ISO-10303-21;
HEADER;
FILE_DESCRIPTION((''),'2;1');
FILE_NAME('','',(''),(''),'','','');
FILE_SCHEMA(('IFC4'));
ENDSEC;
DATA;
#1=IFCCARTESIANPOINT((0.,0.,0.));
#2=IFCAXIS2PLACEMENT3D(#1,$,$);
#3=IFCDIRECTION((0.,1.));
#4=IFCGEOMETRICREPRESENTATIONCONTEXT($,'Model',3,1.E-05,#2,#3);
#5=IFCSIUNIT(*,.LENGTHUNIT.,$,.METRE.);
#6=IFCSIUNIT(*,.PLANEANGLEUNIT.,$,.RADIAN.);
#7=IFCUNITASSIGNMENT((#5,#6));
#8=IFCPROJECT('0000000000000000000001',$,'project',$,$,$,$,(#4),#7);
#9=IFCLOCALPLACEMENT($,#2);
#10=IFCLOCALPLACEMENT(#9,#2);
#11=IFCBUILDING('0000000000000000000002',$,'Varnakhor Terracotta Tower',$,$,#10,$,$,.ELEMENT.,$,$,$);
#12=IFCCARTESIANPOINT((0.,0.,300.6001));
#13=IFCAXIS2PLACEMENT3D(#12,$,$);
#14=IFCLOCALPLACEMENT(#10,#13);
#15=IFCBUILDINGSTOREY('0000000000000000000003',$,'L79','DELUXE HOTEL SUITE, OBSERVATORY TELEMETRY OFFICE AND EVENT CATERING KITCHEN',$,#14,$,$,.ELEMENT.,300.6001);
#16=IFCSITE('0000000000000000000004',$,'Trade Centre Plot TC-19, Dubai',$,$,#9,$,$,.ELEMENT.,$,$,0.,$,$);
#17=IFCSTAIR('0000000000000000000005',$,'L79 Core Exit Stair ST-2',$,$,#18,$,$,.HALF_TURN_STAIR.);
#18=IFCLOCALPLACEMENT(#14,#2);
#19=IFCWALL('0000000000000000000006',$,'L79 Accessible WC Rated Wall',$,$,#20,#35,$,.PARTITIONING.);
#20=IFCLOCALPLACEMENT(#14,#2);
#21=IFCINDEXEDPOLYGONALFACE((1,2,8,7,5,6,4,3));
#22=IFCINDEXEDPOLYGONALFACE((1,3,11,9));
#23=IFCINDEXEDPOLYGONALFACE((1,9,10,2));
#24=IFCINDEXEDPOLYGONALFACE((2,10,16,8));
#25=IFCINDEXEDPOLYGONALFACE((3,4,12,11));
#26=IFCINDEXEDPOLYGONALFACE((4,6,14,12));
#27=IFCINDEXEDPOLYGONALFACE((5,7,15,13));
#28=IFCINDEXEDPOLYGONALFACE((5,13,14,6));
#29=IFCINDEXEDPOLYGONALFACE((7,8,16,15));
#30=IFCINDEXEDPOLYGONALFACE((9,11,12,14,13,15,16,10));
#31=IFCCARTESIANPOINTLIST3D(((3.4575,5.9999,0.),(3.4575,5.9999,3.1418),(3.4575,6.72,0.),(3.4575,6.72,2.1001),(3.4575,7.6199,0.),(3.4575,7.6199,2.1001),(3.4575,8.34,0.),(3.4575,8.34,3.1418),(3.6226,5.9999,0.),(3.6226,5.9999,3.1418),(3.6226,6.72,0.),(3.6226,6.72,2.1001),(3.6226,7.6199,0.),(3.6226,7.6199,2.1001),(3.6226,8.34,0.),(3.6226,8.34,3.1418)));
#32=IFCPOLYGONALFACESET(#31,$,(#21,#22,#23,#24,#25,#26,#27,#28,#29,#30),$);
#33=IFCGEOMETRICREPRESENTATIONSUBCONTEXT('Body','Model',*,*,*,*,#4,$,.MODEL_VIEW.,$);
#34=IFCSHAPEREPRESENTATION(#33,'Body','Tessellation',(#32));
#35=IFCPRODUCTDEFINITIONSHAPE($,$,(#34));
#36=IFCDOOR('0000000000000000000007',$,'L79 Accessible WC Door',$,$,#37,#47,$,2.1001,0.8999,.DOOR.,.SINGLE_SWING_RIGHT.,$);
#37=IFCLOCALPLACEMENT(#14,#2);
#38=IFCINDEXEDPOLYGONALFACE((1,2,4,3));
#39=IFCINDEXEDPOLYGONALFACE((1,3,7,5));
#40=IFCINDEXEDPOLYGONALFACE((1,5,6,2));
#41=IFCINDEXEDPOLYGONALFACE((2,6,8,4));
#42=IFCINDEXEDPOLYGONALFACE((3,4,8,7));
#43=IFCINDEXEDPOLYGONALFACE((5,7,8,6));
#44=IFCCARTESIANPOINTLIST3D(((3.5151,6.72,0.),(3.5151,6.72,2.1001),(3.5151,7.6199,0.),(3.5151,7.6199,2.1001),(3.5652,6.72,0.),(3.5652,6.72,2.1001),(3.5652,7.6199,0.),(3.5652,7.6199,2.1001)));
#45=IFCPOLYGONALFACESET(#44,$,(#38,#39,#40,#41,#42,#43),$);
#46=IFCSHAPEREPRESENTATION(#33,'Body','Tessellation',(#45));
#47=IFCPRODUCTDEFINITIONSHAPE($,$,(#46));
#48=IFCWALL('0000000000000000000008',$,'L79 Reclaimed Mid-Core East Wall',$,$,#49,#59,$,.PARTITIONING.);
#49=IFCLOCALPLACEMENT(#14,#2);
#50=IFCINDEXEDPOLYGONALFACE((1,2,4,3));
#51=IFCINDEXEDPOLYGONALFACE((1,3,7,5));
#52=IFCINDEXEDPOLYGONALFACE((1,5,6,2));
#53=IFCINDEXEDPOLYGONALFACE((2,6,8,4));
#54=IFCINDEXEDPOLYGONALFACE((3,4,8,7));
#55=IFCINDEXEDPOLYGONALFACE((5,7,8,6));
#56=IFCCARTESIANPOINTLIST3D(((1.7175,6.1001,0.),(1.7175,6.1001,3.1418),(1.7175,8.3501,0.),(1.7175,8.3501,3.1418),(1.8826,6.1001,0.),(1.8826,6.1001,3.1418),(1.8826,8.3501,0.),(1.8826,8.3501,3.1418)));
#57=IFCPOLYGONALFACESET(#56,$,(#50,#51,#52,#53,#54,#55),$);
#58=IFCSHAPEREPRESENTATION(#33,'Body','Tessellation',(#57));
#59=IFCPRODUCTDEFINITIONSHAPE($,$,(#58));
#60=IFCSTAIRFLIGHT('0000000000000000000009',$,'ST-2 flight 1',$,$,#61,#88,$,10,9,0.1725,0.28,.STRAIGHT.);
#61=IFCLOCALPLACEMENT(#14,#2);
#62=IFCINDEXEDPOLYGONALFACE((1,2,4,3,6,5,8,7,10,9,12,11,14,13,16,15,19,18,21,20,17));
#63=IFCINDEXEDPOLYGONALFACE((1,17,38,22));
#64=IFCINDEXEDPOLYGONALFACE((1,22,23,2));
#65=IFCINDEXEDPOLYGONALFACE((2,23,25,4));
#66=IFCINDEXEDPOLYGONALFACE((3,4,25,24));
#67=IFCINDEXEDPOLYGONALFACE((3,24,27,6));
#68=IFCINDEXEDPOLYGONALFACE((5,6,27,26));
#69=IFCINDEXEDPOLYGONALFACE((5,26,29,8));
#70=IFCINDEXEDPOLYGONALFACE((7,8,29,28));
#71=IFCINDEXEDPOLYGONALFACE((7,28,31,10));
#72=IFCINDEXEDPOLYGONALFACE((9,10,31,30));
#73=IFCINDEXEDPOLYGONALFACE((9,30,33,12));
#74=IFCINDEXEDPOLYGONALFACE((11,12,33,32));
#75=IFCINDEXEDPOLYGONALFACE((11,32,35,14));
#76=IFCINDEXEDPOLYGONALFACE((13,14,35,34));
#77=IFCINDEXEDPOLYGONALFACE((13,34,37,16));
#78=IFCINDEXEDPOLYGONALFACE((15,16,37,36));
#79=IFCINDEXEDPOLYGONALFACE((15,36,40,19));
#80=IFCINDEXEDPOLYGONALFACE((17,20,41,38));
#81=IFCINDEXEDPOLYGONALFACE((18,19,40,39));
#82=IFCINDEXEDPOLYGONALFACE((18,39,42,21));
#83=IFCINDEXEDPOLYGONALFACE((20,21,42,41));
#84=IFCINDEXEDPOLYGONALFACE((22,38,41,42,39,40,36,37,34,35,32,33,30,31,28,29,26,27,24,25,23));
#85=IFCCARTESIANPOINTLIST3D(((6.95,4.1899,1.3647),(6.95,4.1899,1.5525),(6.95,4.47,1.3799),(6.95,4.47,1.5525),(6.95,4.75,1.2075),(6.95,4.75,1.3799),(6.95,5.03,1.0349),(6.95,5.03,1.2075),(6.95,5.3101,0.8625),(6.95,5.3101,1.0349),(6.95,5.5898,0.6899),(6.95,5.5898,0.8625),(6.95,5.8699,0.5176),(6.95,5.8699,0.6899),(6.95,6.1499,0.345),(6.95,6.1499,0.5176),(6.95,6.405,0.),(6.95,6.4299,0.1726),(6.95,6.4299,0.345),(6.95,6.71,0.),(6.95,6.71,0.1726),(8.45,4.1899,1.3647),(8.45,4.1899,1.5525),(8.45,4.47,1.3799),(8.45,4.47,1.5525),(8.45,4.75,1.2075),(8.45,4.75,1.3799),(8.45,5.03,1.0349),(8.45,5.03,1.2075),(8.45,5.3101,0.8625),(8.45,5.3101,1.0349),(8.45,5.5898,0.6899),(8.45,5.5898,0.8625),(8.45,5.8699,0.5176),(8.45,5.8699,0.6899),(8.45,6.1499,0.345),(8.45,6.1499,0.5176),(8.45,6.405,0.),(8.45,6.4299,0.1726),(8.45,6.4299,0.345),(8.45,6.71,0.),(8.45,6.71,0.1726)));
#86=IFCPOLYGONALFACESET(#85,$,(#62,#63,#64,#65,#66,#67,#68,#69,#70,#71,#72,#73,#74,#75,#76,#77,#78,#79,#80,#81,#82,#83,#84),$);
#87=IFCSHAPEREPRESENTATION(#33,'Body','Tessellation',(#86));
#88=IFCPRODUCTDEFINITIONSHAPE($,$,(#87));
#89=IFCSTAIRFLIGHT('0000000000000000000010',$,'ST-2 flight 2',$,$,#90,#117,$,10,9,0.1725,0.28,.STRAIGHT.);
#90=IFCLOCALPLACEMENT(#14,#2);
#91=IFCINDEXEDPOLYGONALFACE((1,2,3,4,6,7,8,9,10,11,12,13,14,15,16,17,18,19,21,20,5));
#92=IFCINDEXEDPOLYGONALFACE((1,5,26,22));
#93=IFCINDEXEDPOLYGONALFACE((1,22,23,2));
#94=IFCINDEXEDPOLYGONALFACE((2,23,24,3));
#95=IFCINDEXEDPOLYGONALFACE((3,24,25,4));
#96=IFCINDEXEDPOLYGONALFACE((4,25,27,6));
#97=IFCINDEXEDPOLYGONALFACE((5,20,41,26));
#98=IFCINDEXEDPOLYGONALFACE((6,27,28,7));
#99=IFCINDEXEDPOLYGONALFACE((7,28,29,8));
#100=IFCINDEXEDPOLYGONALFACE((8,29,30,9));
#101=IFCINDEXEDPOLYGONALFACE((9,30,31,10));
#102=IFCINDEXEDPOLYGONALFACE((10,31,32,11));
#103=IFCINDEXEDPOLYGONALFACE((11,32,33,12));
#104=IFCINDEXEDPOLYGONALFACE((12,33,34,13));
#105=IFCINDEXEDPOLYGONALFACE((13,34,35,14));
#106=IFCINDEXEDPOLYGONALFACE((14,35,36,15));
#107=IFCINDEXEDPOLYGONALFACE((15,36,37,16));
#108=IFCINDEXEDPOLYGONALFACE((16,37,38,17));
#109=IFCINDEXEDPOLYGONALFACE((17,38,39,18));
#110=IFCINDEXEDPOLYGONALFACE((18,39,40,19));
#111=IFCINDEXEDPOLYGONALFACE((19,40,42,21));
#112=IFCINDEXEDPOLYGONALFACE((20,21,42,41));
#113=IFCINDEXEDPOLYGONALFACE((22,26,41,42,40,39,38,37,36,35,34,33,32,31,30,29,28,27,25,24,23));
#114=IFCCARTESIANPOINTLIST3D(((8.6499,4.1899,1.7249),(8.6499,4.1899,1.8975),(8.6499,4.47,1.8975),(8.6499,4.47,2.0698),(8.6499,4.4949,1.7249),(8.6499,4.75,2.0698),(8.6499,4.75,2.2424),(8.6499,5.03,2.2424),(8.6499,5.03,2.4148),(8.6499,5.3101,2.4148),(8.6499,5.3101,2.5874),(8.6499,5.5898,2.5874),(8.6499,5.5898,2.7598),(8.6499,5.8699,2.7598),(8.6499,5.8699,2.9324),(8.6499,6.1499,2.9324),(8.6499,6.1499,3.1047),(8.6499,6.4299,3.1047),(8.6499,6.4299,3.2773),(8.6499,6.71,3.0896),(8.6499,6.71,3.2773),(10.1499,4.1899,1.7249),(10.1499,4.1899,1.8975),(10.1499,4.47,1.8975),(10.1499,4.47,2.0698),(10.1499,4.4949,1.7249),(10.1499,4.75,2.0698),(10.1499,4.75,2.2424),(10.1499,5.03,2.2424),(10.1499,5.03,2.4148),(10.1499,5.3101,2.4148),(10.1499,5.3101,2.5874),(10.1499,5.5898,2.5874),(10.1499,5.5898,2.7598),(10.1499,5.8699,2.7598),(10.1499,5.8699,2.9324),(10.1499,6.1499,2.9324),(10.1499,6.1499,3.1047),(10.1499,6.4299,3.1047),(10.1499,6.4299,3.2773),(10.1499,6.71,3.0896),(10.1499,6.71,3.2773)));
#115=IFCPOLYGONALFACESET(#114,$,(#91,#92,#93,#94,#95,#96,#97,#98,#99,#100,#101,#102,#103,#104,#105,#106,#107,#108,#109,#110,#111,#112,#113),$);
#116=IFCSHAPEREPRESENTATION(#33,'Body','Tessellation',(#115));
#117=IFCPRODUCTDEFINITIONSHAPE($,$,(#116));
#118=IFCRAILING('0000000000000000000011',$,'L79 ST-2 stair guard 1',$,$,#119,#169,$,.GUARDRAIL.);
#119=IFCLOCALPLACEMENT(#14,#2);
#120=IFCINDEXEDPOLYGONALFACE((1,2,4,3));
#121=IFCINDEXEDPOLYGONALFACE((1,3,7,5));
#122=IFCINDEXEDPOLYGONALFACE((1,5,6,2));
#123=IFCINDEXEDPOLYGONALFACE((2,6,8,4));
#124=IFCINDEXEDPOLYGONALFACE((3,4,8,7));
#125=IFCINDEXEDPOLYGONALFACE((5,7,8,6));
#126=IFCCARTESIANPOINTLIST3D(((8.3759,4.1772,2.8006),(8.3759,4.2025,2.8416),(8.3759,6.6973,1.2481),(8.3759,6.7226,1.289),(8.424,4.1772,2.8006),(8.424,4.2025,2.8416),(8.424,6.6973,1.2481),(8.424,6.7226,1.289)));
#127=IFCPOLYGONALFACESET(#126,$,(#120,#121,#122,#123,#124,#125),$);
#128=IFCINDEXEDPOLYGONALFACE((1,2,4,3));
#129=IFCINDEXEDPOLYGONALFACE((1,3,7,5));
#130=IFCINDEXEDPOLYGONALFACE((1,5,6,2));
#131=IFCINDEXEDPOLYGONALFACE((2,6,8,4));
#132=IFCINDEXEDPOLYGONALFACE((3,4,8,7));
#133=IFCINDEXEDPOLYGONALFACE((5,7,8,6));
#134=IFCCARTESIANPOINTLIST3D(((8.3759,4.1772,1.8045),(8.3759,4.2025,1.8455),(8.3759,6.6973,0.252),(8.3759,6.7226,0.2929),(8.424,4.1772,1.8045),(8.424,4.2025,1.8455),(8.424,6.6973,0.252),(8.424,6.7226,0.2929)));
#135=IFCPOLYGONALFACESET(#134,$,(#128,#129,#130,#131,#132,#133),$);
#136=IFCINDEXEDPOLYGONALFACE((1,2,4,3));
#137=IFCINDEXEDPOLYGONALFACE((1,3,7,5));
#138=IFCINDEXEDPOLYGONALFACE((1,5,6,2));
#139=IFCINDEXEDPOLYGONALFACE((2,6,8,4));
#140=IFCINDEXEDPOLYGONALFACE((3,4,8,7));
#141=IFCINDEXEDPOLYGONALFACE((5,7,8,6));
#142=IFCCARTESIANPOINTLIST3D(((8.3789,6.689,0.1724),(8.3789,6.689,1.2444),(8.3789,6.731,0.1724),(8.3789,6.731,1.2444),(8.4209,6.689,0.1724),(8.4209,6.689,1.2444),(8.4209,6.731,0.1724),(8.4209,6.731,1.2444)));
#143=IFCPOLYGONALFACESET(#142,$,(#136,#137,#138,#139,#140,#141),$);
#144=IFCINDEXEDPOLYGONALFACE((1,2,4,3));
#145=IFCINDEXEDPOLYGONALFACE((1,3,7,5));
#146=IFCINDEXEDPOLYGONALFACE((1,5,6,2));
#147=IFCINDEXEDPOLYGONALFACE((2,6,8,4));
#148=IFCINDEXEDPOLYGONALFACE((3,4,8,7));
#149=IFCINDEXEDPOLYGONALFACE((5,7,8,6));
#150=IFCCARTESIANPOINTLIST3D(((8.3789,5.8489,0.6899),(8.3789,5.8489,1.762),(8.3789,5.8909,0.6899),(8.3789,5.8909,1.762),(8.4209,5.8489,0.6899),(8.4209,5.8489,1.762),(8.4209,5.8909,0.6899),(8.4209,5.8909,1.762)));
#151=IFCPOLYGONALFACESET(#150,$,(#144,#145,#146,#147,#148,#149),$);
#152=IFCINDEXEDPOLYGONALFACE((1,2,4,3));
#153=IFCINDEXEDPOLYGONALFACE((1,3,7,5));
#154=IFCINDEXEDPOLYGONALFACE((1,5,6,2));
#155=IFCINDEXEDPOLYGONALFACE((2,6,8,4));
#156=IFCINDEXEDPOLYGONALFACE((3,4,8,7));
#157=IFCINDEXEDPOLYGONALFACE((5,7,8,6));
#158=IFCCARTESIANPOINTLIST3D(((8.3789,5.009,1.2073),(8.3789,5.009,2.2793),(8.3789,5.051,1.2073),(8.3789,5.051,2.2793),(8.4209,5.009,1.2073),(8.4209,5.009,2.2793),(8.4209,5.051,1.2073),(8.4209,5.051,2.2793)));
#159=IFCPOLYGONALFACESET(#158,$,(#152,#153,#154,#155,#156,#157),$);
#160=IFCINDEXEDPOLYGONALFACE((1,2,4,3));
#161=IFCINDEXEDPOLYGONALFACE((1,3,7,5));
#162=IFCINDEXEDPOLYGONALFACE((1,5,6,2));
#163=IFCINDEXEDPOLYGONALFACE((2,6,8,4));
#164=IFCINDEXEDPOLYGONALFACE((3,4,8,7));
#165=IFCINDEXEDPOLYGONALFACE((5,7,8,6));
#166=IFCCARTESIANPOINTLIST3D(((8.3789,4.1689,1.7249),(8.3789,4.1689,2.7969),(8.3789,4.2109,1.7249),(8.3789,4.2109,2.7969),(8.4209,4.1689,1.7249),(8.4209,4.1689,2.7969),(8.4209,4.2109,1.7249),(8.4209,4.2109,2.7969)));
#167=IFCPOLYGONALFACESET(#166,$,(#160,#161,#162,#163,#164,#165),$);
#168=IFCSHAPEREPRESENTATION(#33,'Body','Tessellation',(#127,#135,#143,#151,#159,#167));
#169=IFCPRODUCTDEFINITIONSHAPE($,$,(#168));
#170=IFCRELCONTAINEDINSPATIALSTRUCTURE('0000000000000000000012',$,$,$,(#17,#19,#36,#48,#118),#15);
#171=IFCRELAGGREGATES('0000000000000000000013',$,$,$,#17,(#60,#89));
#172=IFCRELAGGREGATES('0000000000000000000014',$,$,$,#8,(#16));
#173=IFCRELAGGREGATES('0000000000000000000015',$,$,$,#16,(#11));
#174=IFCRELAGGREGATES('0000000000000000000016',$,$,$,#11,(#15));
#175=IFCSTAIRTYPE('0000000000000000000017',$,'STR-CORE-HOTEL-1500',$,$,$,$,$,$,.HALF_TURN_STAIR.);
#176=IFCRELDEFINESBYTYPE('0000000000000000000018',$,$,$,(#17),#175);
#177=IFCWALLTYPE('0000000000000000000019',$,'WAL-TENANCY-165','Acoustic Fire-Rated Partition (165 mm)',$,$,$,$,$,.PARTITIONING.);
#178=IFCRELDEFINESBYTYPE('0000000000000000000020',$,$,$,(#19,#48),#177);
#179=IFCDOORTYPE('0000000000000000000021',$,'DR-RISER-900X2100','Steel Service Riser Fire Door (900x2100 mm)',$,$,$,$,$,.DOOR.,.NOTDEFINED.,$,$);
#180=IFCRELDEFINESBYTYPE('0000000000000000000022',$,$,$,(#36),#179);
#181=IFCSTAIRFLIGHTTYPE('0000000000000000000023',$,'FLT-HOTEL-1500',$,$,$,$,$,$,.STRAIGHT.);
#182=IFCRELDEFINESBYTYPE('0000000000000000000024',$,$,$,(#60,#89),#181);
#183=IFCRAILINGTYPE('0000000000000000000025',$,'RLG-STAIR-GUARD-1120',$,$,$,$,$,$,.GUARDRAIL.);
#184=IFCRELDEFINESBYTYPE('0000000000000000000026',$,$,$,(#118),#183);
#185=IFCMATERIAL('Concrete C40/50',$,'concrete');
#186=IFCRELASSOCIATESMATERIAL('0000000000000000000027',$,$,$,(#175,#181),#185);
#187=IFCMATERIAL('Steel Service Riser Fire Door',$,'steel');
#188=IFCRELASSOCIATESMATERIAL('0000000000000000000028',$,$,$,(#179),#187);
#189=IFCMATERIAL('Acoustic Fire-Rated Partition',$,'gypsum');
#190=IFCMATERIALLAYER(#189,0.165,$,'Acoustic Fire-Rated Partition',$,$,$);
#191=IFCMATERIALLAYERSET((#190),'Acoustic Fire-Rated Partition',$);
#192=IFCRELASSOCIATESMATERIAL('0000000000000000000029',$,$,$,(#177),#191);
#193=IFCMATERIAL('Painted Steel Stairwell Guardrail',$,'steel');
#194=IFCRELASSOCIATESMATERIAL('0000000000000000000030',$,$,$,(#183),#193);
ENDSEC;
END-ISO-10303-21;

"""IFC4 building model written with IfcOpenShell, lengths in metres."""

from ifc_helpers import new_model, si_unit, direction, frame, frame_2d, origin, origin_2d, place, context, subcontext, project, spatial, polyline, rectangle, outline, extrude, source, transform, mapped, material, layer, layer_set, type_object, type_shapes, element, fill, aggregate, save


model = new_model("IFC4")

# Units and contexts
model_context = context("Model", 3, precision=1e-05, world=origin(), true_north=direction((0.0, 1.0)))
body_context = subcontext(model_context, "Body", "Model", "MODEL_VIEW")
ifc_project = project(units=[si_unit("LENGTHUNIT", "METRE"), si_unit("PLANEANGLEUNIT", "RADIAN")], contexts=[model_context])

# Site, building, storey
site_placement = place(None, origin())
site = spatial("IfcSite", under=ifc_project, at=site_placement, Name="Trade Centre Plot TC-19, Dubai", CompositionType="ELEMENT", RefElevation=0.0)
building_placement = place(site_placement, origin())
building = spatial("IfcBuilding", under=site, at=building_placement, Name="Varnakhor Terracotta Tower", CompositionType="ELEMENT")
storey_placement = place(building_placement, frame((0.0, 0.0, 300.6001)))
storey = spatial("IfcBuildingStorey", under=building, at=storey_placement, Name="L79", Description="DELUXE HOTEL SUITE, OBSERVATORY TELEMETRY OFFICE AND EVENT CATERING KITCHEN", CompositionType="ELEMENT", Elevation=300.6001)

# Shared definitions
ifc_material_1 = material(Name="Concrete C40/50", Category="concrete")

# Stair
stair_type = type_object("IfcStairType", Name="STR-CORE-HOTEL-1500", PredefinedType="HALF_TURN_STAIR", material=ifc_material_1)
stair_1_placement = place(storey_placement, origin())
stair_1 = element("IfcStair", 1, at=stair_1_placement, inside=storey, type_object=stair_type, Name="L79 Core Exit Stair ST-2", PredefinedType="HALF_TURN_STAIR")

# Shared definitions
ifc_material_2 = material(Name="Acoustic Fire-Rated Partition", Category="gypsum")

# Wall, opening, door
ifc_material_3 = material(Name="Steel Service Riser Fire Door", Category="steel")
door_type_1 = type_object("IfcDoorType", Name="DR-RISER-900X2100", Description="Steel Service Riser Fire Door (900x2100 mm)", OperationType="NOTDEFINED", PredefinedType="DOOR", material=ifc_material_3)
shared_shape_1 = source(origin(), body_context, "Body", "SweptSolid", [
    extrude(rectangle(XDim=0.8999, YDim=2.1001, at=frame_2d((0.45, 1.05))), frame((0.0, 0.0249, 0.0), z_axis=(0.0, -1.0, 0.0), x_axis=(1.0, 0.0, 0.0)), (0.0, 0.0, 1.0), 0.05),
])
type_shapes(door_type_1, [shared_shape_1])
ifc_layer_1 = layer(ifc_material_2, 0.165, Name="Acoustic Fire-Rated Partition")
ifc_layer_set_1 = layer_set([ifc_layer_1], Name="Acoustic Fire-Rated Partition")
wall_type_1 = type_object("IfcWallType", Name="WAL-TENANCY-165", Description="Acoustic Fire-Rated Partition (165 mm)", PredefinedType="PARTITIONING", material=ifc_layer_set_1)
wall_1_placement = place(storey_placement, frame((3.54, 6.0, 0.0), z_axis=(0.0, 0.0, 1.0), x_axis=(0.0, 1.0, 0.0)))
wall_1 = element("IfcWall", 2, at=wall_1_placement, inside=storey, type_object=wall_type_1, Name="L79 Accessible WC Rated Wall", PredefinedType="PARTITIONING", context=body_context, shape_type="SweptSolid", body=[
    extrude(rectangle(XDim=2.3401, YDim=0.165, at=frame_2d((1.1699, 0.0))), origin(), (0.0, 0.0, 1.0), 3.1418),
])
opening_1_placement = place(wall_1_placement, frame((0.72, 0.0, 0.0)))
opening_1 = element("IfcOpeningElement", 3, at=opening_1_placement, cuts=wall_1, PredefinedType="OPENING", context=body_context, shape_type="SweptSolid", body=[
    extrude(rectangle(XDim=0.8999, YDim=2.1001, at=frame_2d((0.45, 1.05))), frame((0.0, 0.0925, 0.0), z_axis=(0.0, -1.0, 0.0), x_axis=(1.0, 0.0, 0.0)), (0.0, 0.0, 1.0), 0.1851),
])
door_1_placement = place(opening_1_placement, origin())
door_1 = element("IfcDoor", 4, at=door_1_placement, inside=storey, type_object=door_type_1, Name="L79 Accessible WC Door", OperationType="SINGLE_SWING_RIGHT", OverallHeight=2.1001, OverallWidth=0.8999, PredefinedType="DOOR", context=body_context, shape_type="MappedRepresentation", body=[
    mapped(shared_shape_1, transform((0.0, 0.0, 0.0), scale=1.0)),
])
fill(opening_1, door_1)

# Wall
wall_2_placement = place(storey_placement, frame((1.8, 6.1001, 0.0), z_axis=(0.0, 0.0, 1.0), x_axis=(0.0, 1.0, 0.0)))
element("IfcWall", 5, at=wall_2_placement, inside=storey, type_object=wall_type_1, Name="L79 Reclaimed Mid-Core East Wall", PredefinedType="PARTITIONING", context=body_context, shape_type="SweptSolid", body=[
    extrude(rectangle(XDim=2.25, YDim=0.165, at=frame_2d((1.125, 0.0))), origin(), (0.0, 0.0, 1.0), 3.1418),
])

# Stair flights
stair_flight_type = type_object("IfcStairFlightType", Name="FLT-HOTEL-1500", PredefinedType="STRAIGHT", material=ifc_material_1)
stair_flight_1_placement = place(storey_placement, frame((7.7, 6.71, 0.0), z_axis=(0.0, 0.0, 1.0), x_axis=(0.0, -1.0, 0.0)))
stair_flight_1 = element("IfcStairFlight", 6, at=stair_flight_1_placement, type_object=stair_flight_type, Name="ST-2 flight 1", NumberOfRisers=10, NumberOfTreads=9, PredefinedType="STRAIGHT", RiserHeight=0.1725, TreadLength=0.28, context=body_context, shape_type="SweptSolid", body=[
    extrude(outline(polyline([(0.0, 0.0), (0.0, 0.1726), (0.28, 0.1726), (0.28, 0.345), (0.5601, 0.345), (0.5601, 0.5176), (0.8401, 0.5176), (0.8401, 0.6899), (1.1201, 0.6899), (1.1201, 0.8625), (1.3999, 0.8625), (1.3999, 1.0349), (1.6799, 1.0349), (1.6799, 1.2075), (1.96, 1.2075), (1.96, 1.3799), (2.24, 1.3799), (2.24, 1.5525), (2.52, 1.5525), (2.52, 1.7251), (2.52, 1.3647), (0.3049, 0.0), (0.0, 0.0)])), frame((0.0, 0.75, 0.0), z_axis=(0.0, -1.0, 0.0), x_axis=(1.0, 0.0, 0.0)), (0.0, 0.0, 1.0), 1.5),
])
stair_flight_2_placement = place(storey_placement, frame((9.3999, 4.1899, 1.7249), z_axis=(0.0, 0.0, 1.0), x_axis=(0.0, 1.0, 0.0)))
stair_flight_2 = element("IfcStairFlight", 7, at=stair_flight_2_placement, type_object=stair_flight_type, Name="ST-2 flight 2", NumberOfRisers=10, NumberOfTreads=9, PredefinedType="STRAIGHT", RiserHeight=0.1725, TreadLength=0.28, context=body_context, shape_type="SweptSolid", body=[
    extrude(outline(polyline([(0.0, 0.0), (0.0, 0.1726), (0.28, 0.1726), (0.28, 0.345), (0.5601, 0.345), (0.5601, 0.5176), (0.8401, 0.5176), (0.8401, 0.6899), (1.1201, 0.6899), (1.1201, 0.8625), (1.3999, 0.8625), (1.3999, 1.0349), (1.6799, 1.0349), (1.6799, 1.2075), (1.96, 1.2075), (1.96, 1.3799), (2.24, 1.3799), (2.24, 1.5525), (2.52, 1.5525), (2.52, 1.7251), (2.52, 1.3647), (0.3049, 0.0), (0.0, 0.0)])), frame((0.0, 0.75, 0.0), z_axis=(0.0, -1.0, 0.0), x_axis=(1.0, 0.0, 0.0)), (0.0, 0.0, 1.0), 1.5),
])
aggregate(stair_1, [stair_flight_1, stair_flight_2])

# Railing
ifc_material_4 = material(Name="Painted Steel Stairwell Guardrail", Category="steel")
railing_type_1 = type_object("IfcRailingType", Name="RLG-STAIR-GUARD-1120", PredefinedType="GUARDRAIL", material=ifc_material_4)
railing_1_placement = place(storey_placement, frame((8.3999, 6.71, 0.1724)))
element("IfcRailing", 8, at=railing_1_placement, inside=storey, type_object=railing_type_1, Name="L79 ST-2 stair guard 1", PredefinedType="GUARDRAIL", context=body_context, shape_type="SweptSolid", body=[
    extrude(rectangle(XDim=0.0481, YDim=0.0481, at=origin_2d()), frame((0.0, 0.0, 1.0962), z_axis=(0.0, -0.8514, 0.524516), x_axis=(1.0, 0.0, 0.0)), (0.0, 0.0, 1.0), 2.96),
    extrude(rectangle(XDim=0.0481, YDim=0.0481, at=origin_2d()), frame((0.0, 0.0, 0.1001), z_axis=(0.0, -0.8514, 0.524516), x_axis=(1.0, 0.0, 0.0)), (0.0, 0.0, 1.0), 2.96),
    extrude(rectangle(XDim=0.042, YDim=0.042, at=origin_2d()), origin(), (0.0, 0.0, 1.0), 1.072),
    extrude(rectangle(XDim=0.042, YDim=0.042, at=origin_2d()), frame((0.0, -0.8401, 0.5176)), (0.0, 0.0, 1.0), 1.072),
    extrude(rectangle(XDim=0.042, YDim=0.042, at=origin_2d()), frame((0.0, -1.6799, 1.0349)), (0.0, 0.0, 1.0), 1.072),
    extrude(rectangle(XDim=0.042, YDim=0.042, at=origin_2d()), frame((0.0, -2.52, 1.5525)), (0.0, 0.0, 1.0), 1.072),
])

save(model, "model.ifc")
